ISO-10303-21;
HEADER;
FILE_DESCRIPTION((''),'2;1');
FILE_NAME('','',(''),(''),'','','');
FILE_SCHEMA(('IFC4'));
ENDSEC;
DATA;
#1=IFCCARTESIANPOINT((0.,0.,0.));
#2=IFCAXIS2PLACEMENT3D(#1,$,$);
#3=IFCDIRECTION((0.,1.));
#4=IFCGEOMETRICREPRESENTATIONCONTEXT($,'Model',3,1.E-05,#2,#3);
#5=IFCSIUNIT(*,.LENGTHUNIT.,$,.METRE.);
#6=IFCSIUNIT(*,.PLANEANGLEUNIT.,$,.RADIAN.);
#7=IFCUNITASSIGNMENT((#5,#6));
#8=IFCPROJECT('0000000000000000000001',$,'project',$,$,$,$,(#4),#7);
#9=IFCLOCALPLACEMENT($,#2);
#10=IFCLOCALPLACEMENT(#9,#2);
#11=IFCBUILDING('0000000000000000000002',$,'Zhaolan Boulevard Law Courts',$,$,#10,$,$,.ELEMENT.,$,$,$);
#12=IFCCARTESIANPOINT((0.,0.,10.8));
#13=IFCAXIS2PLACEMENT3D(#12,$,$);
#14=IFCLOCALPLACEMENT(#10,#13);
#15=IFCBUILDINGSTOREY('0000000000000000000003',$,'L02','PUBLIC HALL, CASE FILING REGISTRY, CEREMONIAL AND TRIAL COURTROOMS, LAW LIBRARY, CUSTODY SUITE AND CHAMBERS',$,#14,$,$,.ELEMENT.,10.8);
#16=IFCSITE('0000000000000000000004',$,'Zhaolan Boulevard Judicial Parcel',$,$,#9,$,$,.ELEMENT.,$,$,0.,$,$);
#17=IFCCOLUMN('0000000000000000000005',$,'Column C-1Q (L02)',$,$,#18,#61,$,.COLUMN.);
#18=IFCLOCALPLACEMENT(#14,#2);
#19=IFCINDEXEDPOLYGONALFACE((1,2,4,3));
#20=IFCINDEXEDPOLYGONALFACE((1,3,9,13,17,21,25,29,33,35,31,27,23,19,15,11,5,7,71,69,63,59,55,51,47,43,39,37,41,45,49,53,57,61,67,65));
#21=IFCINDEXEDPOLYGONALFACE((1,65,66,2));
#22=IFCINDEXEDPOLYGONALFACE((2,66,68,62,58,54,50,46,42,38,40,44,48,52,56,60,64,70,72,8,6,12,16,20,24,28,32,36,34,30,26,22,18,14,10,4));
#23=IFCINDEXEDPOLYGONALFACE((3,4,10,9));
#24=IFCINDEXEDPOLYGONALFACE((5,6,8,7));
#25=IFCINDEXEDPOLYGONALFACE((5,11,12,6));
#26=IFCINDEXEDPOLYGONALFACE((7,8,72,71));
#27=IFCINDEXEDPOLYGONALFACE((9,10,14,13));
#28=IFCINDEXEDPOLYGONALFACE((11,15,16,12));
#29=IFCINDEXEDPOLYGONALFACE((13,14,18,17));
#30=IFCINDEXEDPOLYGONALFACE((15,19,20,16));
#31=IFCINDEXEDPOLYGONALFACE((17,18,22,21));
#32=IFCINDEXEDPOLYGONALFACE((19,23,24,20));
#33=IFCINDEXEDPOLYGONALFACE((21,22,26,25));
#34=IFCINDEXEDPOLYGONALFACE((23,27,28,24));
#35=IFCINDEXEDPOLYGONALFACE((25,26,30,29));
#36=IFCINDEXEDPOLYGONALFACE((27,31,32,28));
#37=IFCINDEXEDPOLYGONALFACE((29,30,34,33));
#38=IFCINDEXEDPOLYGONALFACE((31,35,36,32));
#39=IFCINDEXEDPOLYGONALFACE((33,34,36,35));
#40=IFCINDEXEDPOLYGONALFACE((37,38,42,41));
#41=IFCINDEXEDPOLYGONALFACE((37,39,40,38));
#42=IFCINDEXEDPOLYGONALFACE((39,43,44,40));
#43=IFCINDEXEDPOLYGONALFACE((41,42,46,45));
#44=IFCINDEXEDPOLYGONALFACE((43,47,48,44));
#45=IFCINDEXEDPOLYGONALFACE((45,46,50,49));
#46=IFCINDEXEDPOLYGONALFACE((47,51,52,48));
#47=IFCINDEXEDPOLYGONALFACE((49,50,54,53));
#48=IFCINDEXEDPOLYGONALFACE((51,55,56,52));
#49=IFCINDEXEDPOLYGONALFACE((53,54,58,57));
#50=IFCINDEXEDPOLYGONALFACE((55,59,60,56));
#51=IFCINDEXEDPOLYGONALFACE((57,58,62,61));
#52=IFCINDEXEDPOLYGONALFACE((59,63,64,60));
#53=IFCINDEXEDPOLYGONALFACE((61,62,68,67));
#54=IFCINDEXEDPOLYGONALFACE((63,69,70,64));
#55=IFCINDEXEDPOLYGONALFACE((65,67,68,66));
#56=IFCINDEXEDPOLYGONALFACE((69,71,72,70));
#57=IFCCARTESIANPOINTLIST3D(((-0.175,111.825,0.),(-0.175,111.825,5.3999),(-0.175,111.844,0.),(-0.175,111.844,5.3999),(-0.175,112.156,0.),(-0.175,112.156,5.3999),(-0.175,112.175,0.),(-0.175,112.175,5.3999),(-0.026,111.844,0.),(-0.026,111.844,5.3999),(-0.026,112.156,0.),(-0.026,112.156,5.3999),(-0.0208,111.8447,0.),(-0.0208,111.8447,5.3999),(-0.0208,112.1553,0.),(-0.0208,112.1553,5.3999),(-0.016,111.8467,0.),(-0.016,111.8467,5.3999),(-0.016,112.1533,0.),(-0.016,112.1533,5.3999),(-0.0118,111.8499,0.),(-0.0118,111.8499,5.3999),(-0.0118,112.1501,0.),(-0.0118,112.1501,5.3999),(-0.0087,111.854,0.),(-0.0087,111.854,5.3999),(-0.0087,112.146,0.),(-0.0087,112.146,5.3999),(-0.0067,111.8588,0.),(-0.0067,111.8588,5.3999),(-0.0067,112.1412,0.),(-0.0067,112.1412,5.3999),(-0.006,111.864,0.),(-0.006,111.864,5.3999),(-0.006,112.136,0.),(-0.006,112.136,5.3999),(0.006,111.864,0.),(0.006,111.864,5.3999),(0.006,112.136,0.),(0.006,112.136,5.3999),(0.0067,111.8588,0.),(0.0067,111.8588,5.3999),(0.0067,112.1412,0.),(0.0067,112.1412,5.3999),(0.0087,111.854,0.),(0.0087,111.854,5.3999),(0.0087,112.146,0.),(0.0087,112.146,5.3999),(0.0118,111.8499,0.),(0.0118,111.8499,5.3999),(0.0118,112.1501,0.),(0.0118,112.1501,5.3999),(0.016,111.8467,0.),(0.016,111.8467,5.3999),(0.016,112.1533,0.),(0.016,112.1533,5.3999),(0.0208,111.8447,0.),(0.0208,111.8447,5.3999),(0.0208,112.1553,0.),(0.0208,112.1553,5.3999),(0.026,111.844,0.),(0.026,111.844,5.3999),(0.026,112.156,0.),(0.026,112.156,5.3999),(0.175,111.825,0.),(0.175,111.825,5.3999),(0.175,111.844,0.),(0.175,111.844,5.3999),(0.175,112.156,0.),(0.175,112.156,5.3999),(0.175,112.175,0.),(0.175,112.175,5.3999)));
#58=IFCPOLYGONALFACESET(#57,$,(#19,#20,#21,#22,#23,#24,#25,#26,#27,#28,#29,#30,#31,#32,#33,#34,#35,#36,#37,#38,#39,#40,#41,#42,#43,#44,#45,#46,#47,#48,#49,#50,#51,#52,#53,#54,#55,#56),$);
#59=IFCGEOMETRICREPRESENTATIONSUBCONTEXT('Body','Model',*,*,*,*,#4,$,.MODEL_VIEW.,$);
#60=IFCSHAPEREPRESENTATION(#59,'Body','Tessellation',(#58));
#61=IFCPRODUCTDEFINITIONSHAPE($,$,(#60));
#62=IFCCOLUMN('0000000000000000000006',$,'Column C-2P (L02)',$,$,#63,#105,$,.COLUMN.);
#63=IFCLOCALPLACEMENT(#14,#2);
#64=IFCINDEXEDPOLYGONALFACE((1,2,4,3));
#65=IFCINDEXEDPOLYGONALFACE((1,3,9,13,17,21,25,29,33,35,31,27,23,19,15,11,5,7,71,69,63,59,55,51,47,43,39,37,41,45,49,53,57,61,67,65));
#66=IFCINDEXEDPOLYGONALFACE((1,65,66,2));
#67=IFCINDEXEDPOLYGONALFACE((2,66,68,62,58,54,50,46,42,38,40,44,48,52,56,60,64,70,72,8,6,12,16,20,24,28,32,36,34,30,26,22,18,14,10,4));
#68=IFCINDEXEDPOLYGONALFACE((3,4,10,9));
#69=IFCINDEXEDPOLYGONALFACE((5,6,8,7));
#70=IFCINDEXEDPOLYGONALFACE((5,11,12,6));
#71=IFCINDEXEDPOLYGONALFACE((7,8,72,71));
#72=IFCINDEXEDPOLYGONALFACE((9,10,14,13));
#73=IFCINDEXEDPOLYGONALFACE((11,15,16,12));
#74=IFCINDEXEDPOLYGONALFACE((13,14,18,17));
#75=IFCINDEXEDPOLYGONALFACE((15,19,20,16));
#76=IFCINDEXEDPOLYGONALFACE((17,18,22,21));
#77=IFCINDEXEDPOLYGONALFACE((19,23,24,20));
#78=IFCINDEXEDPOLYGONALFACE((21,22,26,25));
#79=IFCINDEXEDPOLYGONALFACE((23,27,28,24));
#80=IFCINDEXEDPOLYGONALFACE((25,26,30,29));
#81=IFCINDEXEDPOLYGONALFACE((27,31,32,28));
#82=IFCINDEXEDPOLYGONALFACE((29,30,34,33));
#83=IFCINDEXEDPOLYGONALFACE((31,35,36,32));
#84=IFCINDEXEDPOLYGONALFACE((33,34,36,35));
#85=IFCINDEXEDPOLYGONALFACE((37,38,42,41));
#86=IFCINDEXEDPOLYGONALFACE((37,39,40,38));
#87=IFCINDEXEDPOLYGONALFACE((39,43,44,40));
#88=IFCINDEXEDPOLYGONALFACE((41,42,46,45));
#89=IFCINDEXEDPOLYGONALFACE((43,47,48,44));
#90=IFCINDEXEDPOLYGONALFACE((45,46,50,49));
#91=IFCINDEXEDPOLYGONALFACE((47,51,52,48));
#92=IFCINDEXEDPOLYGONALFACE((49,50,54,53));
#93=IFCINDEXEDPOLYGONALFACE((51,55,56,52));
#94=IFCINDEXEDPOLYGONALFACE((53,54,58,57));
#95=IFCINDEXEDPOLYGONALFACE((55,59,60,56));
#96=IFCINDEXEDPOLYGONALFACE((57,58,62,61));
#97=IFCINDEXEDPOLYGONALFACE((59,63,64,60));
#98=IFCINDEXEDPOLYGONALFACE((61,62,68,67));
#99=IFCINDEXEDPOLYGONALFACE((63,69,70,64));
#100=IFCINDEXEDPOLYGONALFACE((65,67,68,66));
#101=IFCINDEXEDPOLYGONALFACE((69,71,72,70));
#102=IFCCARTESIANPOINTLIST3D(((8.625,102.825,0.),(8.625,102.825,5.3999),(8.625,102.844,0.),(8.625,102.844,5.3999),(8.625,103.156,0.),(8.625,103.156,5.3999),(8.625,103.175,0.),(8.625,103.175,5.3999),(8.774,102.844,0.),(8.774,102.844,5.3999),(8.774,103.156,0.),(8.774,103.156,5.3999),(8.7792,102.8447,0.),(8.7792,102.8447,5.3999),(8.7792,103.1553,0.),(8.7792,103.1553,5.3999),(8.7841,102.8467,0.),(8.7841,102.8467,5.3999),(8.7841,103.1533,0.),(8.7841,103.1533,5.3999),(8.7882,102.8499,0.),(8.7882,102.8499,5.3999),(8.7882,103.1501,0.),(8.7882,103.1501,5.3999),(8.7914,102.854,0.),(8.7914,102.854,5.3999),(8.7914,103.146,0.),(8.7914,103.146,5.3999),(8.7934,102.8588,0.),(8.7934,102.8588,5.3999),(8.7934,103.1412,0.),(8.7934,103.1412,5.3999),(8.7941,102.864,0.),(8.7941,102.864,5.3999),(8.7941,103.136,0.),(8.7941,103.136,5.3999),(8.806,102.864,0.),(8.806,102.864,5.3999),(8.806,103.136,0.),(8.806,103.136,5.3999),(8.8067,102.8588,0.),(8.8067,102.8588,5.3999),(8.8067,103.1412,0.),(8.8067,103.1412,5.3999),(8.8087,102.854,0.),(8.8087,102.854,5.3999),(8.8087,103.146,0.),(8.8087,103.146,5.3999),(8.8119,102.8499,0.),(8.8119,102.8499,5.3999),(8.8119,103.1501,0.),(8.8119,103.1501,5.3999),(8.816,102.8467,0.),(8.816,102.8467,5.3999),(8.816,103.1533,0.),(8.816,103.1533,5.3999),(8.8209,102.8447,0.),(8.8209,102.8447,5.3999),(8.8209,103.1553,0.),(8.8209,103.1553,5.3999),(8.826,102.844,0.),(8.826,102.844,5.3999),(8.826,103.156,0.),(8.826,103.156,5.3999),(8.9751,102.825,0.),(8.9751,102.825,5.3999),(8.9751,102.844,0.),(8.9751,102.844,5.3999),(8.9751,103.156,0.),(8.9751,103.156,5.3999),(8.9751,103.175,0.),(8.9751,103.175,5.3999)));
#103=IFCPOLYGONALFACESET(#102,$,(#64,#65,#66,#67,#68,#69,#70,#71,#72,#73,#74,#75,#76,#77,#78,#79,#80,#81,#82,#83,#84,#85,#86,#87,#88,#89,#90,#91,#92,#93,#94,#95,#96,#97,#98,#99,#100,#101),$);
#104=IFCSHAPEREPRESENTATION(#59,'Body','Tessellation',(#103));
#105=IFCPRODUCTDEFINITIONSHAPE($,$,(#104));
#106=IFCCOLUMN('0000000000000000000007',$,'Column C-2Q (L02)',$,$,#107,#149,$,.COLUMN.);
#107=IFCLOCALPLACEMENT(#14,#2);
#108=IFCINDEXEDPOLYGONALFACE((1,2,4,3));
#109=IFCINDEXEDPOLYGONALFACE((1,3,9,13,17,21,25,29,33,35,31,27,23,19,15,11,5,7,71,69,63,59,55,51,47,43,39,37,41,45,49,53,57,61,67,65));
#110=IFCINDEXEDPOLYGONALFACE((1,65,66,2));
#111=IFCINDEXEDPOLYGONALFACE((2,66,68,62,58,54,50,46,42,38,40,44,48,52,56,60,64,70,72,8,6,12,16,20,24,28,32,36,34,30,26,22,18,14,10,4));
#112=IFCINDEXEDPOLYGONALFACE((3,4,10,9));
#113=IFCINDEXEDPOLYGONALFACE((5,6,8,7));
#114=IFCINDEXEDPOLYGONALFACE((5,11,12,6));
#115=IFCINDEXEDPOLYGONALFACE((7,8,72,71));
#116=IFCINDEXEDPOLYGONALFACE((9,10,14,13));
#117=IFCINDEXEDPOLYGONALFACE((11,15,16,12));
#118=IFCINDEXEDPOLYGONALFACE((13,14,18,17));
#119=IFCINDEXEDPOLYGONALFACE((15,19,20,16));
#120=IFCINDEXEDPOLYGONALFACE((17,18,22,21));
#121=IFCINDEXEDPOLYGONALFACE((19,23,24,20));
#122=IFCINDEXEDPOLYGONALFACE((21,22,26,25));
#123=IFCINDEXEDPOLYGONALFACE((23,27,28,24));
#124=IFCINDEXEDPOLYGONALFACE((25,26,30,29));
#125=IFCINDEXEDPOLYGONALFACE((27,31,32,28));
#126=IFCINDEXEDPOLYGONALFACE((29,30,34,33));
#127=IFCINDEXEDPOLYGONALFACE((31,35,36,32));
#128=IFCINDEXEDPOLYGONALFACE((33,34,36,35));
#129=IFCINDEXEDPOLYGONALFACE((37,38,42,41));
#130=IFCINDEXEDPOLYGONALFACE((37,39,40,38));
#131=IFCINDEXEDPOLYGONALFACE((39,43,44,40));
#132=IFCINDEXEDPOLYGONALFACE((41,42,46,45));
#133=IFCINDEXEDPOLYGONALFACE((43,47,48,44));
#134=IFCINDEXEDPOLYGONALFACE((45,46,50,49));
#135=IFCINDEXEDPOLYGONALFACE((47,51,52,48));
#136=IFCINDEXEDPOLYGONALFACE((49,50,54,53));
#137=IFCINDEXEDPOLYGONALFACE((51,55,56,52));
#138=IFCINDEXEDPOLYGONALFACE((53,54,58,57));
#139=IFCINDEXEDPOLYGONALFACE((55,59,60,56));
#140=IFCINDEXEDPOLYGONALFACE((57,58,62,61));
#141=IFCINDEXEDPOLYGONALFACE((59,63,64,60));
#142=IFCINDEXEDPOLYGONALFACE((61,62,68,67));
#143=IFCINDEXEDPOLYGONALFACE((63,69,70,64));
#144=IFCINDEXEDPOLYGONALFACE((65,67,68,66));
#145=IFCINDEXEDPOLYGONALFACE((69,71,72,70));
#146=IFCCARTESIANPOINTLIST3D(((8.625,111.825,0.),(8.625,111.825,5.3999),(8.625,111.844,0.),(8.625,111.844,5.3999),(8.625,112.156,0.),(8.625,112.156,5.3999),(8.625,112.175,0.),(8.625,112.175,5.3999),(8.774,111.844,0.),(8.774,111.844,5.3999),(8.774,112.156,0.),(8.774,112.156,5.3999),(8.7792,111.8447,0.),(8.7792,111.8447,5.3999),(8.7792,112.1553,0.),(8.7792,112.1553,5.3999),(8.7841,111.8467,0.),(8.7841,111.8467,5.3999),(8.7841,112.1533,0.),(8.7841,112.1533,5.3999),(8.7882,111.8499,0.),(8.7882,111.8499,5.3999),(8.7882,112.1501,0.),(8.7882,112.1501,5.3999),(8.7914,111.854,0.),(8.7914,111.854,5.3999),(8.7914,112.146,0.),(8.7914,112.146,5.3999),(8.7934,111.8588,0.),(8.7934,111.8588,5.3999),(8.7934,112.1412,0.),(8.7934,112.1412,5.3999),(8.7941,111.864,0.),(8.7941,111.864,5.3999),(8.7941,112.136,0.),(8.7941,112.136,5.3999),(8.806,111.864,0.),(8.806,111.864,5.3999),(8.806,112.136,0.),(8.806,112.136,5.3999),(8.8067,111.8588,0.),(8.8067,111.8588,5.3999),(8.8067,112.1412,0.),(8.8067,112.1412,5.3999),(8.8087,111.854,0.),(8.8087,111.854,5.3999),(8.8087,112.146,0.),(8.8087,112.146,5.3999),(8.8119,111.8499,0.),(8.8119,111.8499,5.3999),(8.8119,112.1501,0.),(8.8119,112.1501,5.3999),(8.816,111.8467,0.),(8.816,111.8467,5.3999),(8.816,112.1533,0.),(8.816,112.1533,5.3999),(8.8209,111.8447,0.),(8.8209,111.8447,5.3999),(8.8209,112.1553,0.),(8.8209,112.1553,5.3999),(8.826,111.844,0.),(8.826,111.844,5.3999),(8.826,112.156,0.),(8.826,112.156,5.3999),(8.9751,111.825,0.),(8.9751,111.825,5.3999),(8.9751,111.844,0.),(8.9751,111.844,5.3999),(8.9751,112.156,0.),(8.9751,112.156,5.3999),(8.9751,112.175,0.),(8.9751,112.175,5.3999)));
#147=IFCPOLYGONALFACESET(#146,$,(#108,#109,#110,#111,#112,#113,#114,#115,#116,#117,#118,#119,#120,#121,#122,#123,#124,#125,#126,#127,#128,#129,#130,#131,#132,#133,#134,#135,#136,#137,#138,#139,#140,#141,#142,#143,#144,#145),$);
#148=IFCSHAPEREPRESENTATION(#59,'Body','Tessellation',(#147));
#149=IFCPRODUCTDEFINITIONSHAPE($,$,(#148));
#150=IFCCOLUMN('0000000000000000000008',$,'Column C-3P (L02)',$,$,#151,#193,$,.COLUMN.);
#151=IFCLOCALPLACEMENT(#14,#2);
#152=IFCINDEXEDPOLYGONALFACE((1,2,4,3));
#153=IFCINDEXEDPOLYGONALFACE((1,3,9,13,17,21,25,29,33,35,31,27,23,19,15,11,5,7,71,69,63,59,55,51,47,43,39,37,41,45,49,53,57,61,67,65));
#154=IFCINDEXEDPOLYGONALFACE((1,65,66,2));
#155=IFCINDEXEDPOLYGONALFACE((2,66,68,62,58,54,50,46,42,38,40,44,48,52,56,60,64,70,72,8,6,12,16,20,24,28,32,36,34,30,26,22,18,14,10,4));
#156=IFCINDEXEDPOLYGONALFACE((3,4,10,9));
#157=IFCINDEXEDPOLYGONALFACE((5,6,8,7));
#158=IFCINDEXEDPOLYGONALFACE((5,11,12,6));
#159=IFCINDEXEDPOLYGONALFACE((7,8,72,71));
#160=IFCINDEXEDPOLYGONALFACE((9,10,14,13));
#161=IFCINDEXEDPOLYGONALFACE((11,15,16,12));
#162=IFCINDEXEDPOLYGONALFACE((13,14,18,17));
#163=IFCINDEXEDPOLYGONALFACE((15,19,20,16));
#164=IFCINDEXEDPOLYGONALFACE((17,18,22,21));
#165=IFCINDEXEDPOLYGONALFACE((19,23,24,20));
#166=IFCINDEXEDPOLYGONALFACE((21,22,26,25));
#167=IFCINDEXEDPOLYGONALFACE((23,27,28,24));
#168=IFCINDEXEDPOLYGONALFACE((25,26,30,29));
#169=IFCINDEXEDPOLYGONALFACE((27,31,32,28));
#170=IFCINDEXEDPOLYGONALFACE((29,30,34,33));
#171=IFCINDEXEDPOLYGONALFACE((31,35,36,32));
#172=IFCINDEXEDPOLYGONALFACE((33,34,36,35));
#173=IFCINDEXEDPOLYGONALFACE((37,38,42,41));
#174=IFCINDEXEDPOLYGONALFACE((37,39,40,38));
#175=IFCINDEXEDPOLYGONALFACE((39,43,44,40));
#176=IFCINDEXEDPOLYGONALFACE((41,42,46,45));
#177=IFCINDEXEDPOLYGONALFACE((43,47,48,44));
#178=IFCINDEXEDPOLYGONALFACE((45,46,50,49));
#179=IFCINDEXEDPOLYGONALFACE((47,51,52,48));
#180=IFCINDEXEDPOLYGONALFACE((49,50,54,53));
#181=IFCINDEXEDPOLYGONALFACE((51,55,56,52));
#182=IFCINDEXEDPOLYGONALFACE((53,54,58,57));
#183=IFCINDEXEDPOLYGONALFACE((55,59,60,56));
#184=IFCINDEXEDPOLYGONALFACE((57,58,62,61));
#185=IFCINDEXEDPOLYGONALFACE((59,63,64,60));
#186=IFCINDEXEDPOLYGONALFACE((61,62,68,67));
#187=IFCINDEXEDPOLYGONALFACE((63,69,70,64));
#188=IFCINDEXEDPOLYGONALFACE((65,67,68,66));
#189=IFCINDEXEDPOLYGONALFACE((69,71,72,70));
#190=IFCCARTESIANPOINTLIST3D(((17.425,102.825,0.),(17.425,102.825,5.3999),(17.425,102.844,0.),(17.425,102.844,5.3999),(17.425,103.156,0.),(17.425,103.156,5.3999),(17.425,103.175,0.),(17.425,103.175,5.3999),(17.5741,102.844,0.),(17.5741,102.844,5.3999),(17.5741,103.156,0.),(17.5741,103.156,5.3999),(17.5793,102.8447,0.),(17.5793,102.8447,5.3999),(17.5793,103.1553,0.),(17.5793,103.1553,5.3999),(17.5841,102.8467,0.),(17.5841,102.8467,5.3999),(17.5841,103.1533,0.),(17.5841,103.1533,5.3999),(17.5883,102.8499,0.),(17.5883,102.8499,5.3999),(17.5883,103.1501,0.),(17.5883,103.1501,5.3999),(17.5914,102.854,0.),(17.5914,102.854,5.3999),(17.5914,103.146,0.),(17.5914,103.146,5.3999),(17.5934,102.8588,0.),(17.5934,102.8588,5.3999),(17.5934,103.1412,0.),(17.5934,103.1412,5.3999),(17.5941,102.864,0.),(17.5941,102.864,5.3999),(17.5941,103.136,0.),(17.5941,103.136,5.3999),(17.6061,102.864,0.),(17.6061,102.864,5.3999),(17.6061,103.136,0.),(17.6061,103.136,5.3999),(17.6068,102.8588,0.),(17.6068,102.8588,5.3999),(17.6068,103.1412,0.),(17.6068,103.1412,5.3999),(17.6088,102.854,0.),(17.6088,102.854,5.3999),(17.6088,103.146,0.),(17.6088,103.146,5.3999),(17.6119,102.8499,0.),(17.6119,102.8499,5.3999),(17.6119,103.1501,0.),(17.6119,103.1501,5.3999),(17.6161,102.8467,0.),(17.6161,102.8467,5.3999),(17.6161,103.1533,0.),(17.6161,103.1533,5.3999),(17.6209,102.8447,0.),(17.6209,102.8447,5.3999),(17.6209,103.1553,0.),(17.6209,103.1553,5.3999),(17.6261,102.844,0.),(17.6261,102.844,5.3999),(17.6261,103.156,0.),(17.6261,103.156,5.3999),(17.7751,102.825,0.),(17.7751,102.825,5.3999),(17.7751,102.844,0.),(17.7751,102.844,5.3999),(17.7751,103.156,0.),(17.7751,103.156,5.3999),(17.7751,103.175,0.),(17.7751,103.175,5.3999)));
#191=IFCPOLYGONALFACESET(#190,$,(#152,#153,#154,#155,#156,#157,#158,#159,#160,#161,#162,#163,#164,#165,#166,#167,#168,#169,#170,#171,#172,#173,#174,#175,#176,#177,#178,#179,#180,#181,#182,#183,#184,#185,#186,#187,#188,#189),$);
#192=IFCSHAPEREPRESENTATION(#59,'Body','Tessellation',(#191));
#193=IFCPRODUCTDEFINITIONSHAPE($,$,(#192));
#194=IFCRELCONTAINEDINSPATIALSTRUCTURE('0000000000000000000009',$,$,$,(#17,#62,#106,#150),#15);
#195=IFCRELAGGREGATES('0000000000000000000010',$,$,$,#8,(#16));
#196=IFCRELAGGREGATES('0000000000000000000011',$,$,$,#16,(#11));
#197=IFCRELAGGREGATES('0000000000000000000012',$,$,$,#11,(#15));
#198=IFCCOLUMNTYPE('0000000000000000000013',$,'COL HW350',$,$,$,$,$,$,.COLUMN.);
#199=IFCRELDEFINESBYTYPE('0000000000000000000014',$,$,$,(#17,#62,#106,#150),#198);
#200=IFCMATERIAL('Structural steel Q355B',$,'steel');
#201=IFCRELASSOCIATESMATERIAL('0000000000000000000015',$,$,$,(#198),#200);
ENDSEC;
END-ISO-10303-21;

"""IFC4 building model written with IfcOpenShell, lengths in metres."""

from ifc_helpers import new_model, si_unit, direction, frame, origin, origin_2d, place, context, subcontext, project, spatial, i_section, extrude, material, material_profile, profile_set, type_object, element, save


model = new_model("IFC4")

# Units and contexts
model_context = context("Model", 3, precision=1e-05, world=origin(), true_north=direction((0.0, 1.0)))
body_context = subcontext(model_context, "Body", "Model", "MODEL_VIEW")
ifc_project = project(units=[si_unit("LENGTHUNIT", "METRE"), si_unit("PLANEANGLEUNIT", "RADIAN")], contexts=[model_context])

# Site, building, storey
site_placement = place(None, origin())
site = spatial("IfcSite", under=ifc_project, at=site_placement, Name="Zhaolan Boulevard Judicial Parcel", CompositionType="ELEMENT", RefElevation=0.0)
building_placement = place(site_placement, origin())
building = spatial("IfcBuilding", under=site, at=building_placement, Name="Zhaolan Boulevard Law Courts", CompositionType="ELEMENT")
storey_placement = place(building_placement, frame((0.0, 0.0, 10.8)))
storey = spatial("IfcBuildingStorey", under=building, at=storey_placement, Name="L02", Description="PUBLIC HALL, CASE FILING REGISTRY, CEREMONIAL AND TRIAL COURTROOMS, LAW LIBRARY, CUSTODY SUITE AND CHAMBERS", CompositionType="ELEMENT", Elevation=10.8)

# Columns
ifc_material_1 = material(Name="Structural steel Q355B", Category="steel")
ifc_material_profile_1 = material_profile(ifc_material_1, i_section(OverallWidth=0.3501, OverallDepth=0.3501, WebThickness=0.012, FlangeThickness=0.019, FilletRadius=0.02, at=origin_2d()), Name="HW350x350")
ifc_profile_set_1 = profile_set([ifc_material_profile_1], Name="Structural steel Q355B")
column_type = type_object("IfcColumnType", Name="COL HW350", PredefinedType="COLUMN", material=ifc_profile_set_1)
for number, where, z_axis, x_axis, name in (
    (1, (0.0, 112.0, 0.0), (0.0, 0.0, 1.0), (1.0, 0.0, 0.0), "Column C-1Q (L02)"),
    (2, (8.8, 103.0, 0.0), (0.0, 0.0, 1.0), (1.0, 0.0, 0.0), "Column C-2P (L02)"),
    (3, (8.8, 112.0, 0.0), (0.0, 0.0, 1.0), (1.0, 0.0, 0.0), "Column C-2Q (L02)"),
    (4, (17.6001, 103.0, 0.0), (0.0, 0.0, 1.0), (1.0, 0.0, 0.0), "Column C-3P (L02)"),
):
    element("IfcColumn", number, at=place(storey_placement, frame(where, z_axis=z_axis, x_axis=x_axis)), inside=storey, type_object=column_type, Name=name, PredefinedType="COLUMN", context=body_context, shape_type="SweptSolid", body=[
        extrude(i_section(OverallWidth=0.3501, OverallDepth=0.3501, WebThickness=0.012, FlangeThickness=0.019, FilletRadius=0.02, at=origin_2d()), origin(), (0.0, 0.0, 1.0), 5.3999),
    ])

save(model, "model.ifc")
